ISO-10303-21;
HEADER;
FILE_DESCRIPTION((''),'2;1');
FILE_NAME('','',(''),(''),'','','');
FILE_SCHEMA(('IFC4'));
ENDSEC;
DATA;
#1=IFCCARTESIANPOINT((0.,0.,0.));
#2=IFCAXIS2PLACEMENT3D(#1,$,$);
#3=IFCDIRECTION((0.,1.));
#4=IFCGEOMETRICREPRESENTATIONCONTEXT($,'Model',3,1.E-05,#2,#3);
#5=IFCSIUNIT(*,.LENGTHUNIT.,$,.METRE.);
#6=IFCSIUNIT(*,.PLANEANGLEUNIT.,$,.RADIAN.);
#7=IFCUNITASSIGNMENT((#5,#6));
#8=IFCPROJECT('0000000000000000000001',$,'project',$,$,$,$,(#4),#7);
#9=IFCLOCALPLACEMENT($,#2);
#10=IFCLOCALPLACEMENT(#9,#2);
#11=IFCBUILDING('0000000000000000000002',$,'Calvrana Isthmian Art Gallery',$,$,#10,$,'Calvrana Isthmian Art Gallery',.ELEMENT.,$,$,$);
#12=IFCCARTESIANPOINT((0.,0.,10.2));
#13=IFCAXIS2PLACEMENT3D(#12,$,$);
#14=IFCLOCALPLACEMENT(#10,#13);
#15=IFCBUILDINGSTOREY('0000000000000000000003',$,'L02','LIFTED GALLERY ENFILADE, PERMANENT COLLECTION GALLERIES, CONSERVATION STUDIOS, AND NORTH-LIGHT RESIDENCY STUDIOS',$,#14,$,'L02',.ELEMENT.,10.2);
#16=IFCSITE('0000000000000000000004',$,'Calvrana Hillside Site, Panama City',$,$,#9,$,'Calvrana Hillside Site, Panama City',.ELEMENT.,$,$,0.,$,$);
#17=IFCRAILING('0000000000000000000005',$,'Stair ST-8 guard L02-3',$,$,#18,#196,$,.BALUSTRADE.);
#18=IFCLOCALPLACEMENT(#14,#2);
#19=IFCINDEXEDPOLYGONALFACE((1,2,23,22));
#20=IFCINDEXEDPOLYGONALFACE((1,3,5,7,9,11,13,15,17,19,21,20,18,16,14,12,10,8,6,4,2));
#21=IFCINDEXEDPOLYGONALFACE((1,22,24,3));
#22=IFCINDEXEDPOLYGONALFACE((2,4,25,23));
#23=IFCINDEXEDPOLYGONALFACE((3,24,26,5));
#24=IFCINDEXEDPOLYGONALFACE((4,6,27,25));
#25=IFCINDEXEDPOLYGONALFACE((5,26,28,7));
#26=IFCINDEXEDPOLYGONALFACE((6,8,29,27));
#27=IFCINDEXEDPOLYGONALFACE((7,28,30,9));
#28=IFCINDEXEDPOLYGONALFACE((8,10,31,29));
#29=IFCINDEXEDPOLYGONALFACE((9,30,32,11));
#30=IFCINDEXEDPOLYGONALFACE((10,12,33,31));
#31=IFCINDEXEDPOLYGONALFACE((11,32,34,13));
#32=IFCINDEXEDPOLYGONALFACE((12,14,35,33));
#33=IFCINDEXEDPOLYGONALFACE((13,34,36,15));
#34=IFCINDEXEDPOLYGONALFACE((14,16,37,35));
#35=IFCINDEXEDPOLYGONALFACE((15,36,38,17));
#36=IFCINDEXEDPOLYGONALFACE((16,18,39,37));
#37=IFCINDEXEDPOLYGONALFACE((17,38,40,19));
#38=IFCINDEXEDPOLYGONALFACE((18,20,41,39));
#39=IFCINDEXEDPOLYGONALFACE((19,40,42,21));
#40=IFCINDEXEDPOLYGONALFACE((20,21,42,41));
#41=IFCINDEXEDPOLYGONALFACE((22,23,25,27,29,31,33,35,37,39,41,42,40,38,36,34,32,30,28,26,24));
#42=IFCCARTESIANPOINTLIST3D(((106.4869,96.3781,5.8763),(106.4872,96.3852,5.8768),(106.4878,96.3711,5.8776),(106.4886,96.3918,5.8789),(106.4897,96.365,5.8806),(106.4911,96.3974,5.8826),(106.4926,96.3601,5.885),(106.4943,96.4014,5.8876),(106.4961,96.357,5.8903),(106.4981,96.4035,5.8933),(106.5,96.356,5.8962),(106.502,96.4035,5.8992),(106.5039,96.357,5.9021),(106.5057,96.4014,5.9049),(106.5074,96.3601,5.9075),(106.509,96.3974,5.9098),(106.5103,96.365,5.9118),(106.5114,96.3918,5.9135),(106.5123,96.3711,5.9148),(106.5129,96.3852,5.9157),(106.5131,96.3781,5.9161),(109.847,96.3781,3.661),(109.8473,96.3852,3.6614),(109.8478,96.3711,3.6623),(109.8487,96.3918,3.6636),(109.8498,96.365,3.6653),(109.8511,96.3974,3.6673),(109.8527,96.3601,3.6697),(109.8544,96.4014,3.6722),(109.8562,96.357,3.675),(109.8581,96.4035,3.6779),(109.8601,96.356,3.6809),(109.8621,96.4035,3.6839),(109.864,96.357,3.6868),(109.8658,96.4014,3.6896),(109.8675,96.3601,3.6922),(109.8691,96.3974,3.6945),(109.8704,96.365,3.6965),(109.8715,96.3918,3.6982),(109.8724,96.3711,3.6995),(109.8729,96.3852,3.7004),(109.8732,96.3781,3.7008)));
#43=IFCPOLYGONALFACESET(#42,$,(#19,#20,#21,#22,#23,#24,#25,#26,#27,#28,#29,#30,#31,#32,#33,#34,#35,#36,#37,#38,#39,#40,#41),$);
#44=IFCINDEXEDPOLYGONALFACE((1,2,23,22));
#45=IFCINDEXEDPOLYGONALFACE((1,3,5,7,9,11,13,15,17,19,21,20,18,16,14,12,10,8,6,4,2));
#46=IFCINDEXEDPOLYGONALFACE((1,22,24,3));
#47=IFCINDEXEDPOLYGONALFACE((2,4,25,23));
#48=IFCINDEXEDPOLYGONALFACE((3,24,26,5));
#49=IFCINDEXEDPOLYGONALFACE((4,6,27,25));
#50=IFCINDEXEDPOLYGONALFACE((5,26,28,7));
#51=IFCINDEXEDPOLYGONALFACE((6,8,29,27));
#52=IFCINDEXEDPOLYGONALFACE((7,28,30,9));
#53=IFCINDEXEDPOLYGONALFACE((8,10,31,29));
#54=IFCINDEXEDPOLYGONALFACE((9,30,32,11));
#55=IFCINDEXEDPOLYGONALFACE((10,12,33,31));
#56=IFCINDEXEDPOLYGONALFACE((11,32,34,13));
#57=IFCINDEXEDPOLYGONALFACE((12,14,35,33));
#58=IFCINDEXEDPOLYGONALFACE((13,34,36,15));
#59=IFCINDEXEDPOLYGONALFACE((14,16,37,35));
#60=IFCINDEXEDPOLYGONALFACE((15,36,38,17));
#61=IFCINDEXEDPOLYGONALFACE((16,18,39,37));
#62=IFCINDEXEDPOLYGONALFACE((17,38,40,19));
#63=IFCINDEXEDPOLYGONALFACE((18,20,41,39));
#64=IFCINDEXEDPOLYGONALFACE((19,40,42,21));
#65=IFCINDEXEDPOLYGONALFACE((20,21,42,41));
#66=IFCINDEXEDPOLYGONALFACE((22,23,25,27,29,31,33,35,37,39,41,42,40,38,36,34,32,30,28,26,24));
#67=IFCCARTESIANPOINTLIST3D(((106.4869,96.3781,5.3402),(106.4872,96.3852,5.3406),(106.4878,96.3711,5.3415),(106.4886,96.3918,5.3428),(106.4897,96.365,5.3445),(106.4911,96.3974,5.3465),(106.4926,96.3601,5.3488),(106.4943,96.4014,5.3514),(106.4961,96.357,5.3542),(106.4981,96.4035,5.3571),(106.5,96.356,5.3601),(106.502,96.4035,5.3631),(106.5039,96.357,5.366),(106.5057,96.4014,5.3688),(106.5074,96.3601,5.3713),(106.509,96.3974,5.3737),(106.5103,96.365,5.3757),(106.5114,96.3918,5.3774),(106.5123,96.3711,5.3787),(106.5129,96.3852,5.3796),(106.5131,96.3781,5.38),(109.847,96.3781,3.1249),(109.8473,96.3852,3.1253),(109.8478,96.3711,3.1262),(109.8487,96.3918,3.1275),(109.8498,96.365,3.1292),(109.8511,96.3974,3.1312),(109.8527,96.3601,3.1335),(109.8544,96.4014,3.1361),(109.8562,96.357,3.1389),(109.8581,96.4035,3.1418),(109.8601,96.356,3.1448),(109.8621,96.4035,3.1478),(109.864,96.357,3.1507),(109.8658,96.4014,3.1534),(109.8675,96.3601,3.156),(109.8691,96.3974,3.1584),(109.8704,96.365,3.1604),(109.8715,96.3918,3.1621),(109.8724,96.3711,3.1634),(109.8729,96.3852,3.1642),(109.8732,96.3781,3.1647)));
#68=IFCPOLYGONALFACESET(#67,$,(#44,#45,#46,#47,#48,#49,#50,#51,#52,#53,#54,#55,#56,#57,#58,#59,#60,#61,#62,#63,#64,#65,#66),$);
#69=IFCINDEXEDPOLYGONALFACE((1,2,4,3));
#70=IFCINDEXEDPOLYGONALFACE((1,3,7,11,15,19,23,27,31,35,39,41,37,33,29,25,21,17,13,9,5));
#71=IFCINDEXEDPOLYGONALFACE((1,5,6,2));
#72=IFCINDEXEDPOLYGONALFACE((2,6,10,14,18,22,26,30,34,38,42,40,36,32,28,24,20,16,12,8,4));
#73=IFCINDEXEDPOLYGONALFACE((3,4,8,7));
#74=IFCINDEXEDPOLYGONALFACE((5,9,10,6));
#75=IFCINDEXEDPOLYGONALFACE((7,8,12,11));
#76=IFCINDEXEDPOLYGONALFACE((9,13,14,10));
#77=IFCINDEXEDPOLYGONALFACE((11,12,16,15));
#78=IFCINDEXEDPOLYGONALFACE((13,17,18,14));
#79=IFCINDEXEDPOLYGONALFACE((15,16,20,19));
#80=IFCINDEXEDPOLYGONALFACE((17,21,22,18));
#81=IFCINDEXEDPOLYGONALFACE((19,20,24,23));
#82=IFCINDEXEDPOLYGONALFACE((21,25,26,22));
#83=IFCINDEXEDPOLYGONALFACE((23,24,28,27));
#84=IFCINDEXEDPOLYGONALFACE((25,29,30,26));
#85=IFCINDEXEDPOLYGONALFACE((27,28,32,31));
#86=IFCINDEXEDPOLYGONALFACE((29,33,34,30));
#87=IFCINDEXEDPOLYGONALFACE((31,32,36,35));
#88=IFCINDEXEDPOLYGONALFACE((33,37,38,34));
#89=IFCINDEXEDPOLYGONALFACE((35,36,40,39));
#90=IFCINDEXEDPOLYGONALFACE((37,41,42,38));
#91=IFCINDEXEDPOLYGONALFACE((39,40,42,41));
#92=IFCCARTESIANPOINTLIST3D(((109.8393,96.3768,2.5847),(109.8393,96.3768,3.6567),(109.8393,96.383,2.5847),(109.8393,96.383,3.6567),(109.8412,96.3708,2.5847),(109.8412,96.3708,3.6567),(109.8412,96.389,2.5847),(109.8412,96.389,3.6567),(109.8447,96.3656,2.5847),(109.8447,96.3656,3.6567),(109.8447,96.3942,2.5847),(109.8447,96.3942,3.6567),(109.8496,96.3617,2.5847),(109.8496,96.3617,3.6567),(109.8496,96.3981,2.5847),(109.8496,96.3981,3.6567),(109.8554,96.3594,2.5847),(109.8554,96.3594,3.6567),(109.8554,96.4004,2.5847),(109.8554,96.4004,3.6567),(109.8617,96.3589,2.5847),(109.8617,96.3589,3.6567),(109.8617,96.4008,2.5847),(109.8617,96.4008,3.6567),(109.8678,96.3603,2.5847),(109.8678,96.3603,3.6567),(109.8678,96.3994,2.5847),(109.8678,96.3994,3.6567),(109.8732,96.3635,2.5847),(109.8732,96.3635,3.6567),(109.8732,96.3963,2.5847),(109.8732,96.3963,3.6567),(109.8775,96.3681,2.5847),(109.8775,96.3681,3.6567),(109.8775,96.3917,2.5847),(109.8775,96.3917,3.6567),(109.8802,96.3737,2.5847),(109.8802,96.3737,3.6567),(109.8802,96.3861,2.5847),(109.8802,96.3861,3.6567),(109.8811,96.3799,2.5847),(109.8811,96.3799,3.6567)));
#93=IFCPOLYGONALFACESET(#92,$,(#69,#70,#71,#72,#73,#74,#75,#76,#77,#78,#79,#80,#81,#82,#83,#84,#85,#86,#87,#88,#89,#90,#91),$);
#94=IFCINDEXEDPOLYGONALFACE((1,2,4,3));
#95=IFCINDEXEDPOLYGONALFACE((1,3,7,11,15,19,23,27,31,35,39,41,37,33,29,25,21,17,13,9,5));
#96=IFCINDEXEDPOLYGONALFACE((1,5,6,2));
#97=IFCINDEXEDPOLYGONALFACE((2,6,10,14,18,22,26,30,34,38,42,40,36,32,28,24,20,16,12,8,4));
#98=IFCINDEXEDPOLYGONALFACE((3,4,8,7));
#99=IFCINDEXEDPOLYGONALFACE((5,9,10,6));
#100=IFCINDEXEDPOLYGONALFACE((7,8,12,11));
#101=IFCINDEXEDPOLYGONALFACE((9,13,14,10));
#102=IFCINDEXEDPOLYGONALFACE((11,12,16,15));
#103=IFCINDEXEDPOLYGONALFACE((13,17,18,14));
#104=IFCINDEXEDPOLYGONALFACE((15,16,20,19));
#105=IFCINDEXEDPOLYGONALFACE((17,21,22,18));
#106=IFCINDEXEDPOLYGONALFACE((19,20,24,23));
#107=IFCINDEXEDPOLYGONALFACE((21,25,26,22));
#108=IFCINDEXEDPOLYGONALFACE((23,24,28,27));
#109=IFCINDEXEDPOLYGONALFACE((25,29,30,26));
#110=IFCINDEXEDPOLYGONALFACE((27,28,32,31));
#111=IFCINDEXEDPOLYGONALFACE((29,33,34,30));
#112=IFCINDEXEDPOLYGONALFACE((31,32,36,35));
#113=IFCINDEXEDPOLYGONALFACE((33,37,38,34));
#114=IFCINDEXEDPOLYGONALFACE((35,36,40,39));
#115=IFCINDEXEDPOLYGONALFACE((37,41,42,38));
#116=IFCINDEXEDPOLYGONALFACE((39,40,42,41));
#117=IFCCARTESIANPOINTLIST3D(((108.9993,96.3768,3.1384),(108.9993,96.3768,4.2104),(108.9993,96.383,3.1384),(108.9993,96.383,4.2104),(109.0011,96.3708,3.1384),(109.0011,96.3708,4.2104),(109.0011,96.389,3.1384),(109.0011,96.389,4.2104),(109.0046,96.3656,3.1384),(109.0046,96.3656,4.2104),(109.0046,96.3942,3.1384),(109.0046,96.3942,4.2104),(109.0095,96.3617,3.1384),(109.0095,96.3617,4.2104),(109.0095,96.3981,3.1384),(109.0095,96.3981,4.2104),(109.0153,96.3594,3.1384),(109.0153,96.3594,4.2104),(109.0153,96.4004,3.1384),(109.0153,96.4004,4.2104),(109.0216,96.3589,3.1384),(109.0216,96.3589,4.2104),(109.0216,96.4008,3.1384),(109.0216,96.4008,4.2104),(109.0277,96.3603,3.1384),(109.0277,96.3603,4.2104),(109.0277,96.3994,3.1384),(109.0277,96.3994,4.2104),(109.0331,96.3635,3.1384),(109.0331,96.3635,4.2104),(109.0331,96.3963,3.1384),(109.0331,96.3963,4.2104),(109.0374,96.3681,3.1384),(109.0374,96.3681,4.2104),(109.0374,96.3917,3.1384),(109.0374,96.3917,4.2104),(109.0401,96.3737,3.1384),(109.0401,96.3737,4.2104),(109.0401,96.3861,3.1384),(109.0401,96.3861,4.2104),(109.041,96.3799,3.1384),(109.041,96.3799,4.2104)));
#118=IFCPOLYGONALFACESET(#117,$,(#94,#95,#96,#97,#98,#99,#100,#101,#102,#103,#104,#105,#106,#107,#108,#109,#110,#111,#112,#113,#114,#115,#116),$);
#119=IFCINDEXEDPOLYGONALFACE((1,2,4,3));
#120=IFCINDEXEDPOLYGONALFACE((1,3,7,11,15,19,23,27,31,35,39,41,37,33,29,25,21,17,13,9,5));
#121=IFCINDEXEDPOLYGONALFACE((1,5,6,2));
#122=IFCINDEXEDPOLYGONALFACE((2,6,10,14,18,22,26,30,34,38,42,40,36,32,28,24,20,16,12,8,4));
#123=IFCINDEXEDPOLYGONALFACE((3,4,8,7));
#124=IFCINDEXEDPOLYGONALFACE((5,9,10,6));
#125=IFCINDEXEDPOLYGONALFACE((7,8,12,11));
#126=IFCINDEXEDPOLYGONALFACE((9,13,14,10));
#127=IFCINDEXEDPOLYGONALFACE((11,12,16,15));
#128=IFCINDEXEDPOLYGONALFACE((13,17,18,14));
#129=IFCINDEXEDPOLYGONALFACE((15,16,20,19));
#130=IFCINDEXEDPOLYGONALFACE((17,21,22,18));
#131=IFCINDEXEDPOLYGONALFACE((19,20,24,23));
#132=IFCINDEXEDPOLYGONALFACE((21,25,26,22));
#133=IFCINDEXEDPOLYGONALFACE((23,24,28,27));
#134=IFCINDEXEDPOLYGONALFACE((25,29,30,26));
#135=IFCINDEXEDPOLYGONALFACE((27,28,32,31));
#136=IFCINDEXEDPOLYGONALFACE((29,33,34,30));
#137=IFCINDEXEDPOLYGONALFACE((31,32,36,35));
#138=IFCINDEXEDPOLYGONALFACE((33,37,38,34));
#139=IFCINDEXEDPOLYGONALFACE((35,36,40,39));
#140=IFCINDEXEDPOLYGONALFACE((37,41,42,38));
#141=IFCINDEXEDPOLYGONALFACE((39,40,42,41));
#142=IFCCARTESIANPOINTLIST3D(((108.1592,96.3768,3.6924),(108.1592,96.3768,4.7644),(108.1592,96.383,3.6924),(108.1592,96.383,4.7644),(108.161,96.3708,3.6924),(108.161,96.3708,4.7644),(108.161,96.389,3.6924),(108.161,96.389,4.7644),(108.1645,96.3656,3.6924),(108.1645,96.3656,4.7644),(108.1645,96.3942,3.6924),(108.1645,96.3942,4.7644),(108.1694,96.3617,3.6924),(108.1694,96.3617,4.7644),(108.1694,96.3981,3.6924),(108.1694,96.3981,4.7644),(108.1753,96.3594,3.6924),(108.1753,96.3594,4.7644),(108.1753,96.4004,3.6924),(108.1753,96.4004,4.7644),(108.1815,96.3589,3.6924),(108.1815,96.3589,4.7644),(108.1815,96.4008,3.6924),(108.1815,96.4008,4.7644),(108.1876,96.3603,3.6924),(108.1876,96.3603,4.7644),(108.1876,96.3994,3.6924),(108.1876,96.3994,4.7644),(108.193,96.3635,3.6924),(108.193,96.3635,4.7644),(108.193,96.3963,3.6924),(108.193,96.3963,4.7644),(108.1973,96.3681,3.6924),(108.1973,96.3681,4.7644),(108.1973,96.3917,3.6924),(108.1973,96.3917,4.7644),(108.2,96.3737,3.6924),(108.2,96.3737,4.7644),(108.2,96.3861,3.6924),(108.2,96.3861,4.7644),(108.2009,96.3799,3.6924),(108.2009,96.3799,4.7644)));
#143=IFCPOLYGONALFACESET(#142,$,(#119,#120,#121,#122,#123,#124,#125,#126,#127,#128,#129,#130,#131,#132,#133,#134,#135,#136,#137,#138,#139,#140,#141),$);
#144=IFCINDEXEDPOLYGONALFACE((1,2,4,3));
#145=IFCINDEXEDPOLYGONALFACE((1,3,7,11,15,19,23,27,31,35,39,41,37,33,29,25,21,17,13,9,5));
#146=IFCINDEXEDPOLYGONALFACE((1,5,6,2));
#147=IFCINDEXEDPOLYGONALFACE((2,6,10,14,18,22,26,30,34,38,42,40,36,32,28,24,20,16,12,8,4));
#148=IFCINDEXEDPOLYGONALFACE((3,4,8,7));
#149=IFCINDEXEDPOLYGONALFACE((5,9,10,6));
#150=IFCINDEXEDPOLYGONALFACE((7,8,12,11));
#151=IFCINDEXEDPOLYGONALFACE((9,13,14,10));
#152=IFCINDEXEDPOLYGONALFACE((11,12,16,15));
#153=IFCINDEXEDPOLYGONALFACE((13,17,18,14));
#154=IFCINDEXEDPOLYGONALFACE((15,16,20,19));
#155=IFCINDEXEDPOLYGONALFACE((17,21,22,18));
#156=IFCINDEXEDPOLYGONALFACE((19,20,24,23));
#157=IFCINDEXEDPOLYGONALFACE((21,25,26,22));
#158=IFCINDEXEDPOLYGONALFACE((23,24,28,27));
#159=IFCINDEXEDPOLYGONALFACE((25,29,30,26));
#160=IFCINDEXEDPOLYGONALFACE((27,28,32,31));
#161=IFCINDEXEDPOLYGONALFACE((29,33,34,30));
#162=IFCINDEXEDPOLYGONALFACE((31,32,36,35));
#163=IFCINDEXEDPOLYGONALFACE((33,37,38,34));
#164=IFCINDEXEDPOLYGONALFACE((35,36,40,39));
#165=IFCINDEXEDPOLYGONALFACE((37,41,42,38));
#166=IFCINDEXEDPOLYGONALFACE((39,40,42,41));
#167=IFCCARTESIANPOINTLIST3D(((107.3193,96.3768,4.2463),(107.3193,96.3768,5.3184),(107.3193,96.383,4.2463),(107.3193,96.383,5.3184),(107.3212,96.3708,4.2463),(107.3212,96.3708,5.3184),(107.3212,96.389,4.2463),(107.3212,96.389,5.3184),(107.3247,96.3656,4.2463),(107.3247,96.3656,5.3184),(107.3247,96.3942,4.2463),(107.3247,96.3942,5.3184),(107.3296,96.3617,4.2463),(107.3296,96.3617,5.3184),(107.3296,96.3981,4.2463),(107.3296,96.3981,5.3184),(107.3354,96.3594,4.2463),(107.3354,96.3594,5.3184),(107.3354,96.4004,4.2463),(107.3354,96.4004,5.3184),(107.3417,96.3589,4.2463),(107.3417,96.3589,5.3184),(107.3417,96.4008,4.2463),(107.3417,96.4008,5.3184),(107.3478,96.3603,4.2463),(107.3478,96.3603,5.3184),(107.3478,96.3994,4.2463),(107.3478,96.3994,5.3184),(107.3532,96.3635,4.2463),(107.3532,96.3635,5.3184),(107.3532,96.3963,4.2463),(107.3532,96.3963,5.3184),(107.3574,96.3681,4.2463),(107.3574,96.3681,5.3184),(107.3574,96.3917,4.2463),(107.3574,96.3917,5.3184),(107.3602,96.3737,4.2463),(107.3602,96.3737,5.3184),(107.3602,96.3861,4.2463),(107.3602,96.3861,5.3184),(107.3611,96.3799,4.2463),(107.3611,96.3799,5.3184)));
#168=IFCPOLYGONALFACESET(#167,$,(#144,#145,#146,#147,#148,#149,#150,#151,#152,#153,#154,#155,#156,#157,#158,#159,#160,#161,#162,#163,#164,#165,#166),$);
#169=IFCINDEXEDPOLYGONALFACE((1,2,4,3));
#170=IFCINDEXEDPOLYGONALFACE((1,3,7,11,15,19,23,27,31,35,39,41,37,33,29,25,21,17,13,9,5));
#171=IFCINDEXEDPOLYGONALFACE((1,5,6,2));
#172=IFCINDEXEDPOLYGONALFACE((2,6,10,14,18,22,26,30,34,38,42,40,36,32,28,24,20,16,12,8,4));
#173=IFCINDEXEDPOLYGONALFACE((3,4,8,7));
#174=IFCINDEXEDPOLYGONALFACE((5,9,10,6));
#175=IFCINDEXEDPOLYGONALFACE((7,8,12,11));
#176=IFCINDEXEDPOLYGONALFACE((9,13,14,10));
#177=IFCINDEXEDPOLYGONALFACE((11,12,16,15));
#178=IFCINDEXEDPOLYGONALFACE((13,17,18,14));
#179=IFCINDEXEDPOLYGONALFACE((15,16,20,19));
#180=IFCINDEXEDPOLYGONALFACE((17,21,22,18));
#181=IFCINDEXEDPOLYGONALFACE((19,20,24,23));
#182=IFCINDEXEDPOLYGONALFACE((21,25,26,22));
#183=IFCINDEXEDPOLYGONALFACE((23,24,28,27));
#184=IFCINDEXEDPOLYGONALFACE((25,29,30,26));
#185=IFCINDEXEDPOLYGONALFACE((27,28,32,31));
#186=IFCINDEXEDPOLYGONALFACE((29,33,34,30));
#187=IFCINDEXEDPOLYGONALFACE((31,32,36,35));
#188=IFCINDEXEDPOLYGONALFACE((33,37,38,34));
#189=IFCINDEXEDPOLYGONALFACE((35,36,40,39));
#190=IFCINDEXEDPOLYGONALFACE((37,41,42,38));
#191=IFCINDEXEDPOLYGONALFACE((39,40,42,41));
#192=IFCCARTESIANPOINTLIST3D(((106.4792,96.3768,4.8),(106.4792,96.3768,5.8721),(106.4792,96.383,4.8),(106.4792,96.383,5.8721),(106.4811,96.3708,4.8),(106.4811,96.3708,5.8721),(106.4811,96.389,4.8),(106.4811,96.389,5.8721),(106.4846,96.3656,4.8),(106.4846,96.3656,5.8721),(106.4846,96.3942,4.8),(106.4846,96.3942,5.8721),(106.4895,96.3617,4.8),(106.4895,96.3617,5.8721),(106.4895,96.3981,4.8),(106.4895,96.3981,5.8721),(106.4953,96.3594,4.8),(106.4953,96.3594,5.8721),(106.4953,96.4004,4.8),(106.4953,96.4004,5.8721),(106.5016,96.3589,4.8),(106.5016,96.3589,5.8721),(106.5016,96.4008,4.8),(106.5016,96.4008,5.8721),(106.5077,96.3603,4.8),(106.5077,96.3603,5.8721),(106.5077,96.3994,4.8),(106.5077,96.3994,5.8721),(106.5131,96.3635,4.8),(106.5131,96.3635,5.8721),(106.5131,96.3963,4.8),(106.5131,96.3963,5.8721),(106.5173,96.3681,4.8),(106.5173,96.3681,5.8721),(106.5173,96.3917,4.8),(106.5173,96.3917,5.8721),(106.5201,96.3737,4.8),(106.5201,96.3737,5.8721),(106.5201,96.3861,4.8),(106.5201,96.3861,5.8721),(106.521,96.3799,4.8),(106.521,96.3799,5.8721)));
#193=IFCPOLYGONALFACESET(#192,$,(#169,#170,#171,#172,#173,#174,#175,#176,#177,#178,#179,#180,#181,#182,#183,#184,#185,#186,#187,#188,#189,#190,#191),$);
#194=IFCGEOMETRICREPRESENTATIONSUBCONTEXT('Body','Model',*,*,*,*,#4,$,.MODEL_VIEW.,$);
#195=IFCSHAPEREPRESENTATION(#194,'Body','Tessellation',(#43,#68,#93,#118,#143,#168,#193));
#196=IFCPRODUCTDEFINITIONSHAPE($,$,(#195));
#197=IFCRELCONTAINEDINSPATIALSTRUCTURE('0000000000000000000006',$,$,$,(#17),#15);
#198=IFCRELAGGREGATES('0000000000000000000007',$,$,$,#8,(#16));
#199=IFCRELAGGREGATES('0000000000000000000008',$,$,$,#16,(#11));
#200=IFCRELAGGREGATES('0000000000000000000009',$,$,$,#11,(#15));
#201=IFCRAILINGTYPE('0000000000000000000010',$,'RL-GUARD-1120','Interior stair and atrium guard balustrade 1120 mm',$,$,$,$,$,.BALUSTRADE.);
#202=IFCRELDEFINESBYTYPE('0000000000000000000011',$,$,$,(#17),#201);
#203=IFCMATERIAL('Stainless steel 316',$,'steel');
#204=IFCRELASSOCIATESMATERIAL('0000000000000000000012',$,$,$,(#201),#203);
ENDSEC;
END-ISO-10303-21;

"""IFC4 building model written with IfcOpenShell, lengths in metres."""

from ifc_helpers import new_model, si_unit, direction, frame, origin, origin_2d, place, context, subcontext, project, spatial, circle, extrude, material, type_object, element, save


model = new_model("IFC4")

# Units and contexts
model_context = context("Model", 3, precision=1e-05, world=origin(), true_north=direction((0.0, 1.0)))
body_context = subcontext(model_context, "Body", "Model", "MODEL_VIEW")
ifc_project = project(units=[si_unit("LENGTHUNIT", "METRE"), si_unit("PLANEANGLEUNIT", "RADIAN")], contexts=[model_context])

# Site, building, storey
site_placement = place(None, origin())
site = spatial("IfcSite", under=ifc_project, at=site_placement, Name="Calvrana Hillside Site, Panama City", LongName="Calvrana Hillside Site, Panama City", CompositionType="ELEMENT", RefElevation=0.0)
building_placement = place(site_placement, origin())
building = spatial("IfcBuilding", under=site, at=building_placement, Name="Calvrana Isthmian Art Gallery", LongName="Calvrana Isthmian Art Gallery", CompositionType="ELEMENT")
storey_placement = place(building_placement, frame((0.0, 0.0, 10.2)))
storey = spatial("IfcBuildingStorey", under=building, at=storey_placement, Name="L02", Description="LIFTED GALLERY ENFILADE, PERMANENT COLLECTION GALLERIES, CONSERVATION STUDIOS, AND NORTH-LIGHT RESIDENCY STUDIOS", LongName="L02", CompositionType="ELEMENT", Elevation=10.2)

# Railing
ifc_material_1 = material(Name="Stainless steel 316", Category="steel")
railing_type_1 = type_object("IfcRailingType", Name="RL-GUARD-1120", Description="Interior stair and atrium guard balustrade 1120 mm", PredefinedType="BALUSTRADE", material=ifc_material_1)
railing_1_placement = place(storey_placement, frame((109.8601, 96.3799, 2.5847)))
element("IfcRailing", 1, at=railing_1_placement, inside=storey, type_object=railing_type_1, Name="Stair ST-8 guard L02-3", PredefinedType="BALUSTRADE", context=body_context, shape_type="SweptSolid", body=[
    extrude(circle(Radius=0.0239, at=origin_2d()), frame((0.0, 0.0, 1.0962), z_axis=(-0.834876, 0.0, 0.550437), x_axis=(0.0, -1.0, 0.0)), (0.0, 0.0, 1.0), 4.0247),
    extrude(circle(Radius=0.0239, at=origin_2d()), frame((0.0, 0.0, 0.5601), z_axis=(-0.834876, 0.0, 0.550437), x_axis=(0.0, -1.0, 0.0)), (0.0, 0.0, 1.0), 4.0247),
    extrude(circle(Radius=0.021, at=origin_2d()), origin(), (0.0, 0.0, 1.0), 1.072),
    extrude(circle(Radius=0.021, at=origin_2d()), frame((-0.8401, 0.0, 0.5537)), (0.0, 0.0, 1.0), 1.072),
    extrude(circle(Radius=0.021, at=origin_2d()), frame((-1.6802, 0.0, 1.1077)), (0.0, 0.0, 1.0), 1.072),
    extrude(circle(Radius=0.021, at=origin_2d()), frame((-2.52, 0.0, 1.6616)), (0.0, 0.0, 1.0), 1.072),
    extrude(circle(Radius=0.021, at=origin_2d()), frame((-3.3601, 0.0, 2.2153)), (0.0, 0.0, 1.0), 1.072),
])

save(model, "model.ifc")
